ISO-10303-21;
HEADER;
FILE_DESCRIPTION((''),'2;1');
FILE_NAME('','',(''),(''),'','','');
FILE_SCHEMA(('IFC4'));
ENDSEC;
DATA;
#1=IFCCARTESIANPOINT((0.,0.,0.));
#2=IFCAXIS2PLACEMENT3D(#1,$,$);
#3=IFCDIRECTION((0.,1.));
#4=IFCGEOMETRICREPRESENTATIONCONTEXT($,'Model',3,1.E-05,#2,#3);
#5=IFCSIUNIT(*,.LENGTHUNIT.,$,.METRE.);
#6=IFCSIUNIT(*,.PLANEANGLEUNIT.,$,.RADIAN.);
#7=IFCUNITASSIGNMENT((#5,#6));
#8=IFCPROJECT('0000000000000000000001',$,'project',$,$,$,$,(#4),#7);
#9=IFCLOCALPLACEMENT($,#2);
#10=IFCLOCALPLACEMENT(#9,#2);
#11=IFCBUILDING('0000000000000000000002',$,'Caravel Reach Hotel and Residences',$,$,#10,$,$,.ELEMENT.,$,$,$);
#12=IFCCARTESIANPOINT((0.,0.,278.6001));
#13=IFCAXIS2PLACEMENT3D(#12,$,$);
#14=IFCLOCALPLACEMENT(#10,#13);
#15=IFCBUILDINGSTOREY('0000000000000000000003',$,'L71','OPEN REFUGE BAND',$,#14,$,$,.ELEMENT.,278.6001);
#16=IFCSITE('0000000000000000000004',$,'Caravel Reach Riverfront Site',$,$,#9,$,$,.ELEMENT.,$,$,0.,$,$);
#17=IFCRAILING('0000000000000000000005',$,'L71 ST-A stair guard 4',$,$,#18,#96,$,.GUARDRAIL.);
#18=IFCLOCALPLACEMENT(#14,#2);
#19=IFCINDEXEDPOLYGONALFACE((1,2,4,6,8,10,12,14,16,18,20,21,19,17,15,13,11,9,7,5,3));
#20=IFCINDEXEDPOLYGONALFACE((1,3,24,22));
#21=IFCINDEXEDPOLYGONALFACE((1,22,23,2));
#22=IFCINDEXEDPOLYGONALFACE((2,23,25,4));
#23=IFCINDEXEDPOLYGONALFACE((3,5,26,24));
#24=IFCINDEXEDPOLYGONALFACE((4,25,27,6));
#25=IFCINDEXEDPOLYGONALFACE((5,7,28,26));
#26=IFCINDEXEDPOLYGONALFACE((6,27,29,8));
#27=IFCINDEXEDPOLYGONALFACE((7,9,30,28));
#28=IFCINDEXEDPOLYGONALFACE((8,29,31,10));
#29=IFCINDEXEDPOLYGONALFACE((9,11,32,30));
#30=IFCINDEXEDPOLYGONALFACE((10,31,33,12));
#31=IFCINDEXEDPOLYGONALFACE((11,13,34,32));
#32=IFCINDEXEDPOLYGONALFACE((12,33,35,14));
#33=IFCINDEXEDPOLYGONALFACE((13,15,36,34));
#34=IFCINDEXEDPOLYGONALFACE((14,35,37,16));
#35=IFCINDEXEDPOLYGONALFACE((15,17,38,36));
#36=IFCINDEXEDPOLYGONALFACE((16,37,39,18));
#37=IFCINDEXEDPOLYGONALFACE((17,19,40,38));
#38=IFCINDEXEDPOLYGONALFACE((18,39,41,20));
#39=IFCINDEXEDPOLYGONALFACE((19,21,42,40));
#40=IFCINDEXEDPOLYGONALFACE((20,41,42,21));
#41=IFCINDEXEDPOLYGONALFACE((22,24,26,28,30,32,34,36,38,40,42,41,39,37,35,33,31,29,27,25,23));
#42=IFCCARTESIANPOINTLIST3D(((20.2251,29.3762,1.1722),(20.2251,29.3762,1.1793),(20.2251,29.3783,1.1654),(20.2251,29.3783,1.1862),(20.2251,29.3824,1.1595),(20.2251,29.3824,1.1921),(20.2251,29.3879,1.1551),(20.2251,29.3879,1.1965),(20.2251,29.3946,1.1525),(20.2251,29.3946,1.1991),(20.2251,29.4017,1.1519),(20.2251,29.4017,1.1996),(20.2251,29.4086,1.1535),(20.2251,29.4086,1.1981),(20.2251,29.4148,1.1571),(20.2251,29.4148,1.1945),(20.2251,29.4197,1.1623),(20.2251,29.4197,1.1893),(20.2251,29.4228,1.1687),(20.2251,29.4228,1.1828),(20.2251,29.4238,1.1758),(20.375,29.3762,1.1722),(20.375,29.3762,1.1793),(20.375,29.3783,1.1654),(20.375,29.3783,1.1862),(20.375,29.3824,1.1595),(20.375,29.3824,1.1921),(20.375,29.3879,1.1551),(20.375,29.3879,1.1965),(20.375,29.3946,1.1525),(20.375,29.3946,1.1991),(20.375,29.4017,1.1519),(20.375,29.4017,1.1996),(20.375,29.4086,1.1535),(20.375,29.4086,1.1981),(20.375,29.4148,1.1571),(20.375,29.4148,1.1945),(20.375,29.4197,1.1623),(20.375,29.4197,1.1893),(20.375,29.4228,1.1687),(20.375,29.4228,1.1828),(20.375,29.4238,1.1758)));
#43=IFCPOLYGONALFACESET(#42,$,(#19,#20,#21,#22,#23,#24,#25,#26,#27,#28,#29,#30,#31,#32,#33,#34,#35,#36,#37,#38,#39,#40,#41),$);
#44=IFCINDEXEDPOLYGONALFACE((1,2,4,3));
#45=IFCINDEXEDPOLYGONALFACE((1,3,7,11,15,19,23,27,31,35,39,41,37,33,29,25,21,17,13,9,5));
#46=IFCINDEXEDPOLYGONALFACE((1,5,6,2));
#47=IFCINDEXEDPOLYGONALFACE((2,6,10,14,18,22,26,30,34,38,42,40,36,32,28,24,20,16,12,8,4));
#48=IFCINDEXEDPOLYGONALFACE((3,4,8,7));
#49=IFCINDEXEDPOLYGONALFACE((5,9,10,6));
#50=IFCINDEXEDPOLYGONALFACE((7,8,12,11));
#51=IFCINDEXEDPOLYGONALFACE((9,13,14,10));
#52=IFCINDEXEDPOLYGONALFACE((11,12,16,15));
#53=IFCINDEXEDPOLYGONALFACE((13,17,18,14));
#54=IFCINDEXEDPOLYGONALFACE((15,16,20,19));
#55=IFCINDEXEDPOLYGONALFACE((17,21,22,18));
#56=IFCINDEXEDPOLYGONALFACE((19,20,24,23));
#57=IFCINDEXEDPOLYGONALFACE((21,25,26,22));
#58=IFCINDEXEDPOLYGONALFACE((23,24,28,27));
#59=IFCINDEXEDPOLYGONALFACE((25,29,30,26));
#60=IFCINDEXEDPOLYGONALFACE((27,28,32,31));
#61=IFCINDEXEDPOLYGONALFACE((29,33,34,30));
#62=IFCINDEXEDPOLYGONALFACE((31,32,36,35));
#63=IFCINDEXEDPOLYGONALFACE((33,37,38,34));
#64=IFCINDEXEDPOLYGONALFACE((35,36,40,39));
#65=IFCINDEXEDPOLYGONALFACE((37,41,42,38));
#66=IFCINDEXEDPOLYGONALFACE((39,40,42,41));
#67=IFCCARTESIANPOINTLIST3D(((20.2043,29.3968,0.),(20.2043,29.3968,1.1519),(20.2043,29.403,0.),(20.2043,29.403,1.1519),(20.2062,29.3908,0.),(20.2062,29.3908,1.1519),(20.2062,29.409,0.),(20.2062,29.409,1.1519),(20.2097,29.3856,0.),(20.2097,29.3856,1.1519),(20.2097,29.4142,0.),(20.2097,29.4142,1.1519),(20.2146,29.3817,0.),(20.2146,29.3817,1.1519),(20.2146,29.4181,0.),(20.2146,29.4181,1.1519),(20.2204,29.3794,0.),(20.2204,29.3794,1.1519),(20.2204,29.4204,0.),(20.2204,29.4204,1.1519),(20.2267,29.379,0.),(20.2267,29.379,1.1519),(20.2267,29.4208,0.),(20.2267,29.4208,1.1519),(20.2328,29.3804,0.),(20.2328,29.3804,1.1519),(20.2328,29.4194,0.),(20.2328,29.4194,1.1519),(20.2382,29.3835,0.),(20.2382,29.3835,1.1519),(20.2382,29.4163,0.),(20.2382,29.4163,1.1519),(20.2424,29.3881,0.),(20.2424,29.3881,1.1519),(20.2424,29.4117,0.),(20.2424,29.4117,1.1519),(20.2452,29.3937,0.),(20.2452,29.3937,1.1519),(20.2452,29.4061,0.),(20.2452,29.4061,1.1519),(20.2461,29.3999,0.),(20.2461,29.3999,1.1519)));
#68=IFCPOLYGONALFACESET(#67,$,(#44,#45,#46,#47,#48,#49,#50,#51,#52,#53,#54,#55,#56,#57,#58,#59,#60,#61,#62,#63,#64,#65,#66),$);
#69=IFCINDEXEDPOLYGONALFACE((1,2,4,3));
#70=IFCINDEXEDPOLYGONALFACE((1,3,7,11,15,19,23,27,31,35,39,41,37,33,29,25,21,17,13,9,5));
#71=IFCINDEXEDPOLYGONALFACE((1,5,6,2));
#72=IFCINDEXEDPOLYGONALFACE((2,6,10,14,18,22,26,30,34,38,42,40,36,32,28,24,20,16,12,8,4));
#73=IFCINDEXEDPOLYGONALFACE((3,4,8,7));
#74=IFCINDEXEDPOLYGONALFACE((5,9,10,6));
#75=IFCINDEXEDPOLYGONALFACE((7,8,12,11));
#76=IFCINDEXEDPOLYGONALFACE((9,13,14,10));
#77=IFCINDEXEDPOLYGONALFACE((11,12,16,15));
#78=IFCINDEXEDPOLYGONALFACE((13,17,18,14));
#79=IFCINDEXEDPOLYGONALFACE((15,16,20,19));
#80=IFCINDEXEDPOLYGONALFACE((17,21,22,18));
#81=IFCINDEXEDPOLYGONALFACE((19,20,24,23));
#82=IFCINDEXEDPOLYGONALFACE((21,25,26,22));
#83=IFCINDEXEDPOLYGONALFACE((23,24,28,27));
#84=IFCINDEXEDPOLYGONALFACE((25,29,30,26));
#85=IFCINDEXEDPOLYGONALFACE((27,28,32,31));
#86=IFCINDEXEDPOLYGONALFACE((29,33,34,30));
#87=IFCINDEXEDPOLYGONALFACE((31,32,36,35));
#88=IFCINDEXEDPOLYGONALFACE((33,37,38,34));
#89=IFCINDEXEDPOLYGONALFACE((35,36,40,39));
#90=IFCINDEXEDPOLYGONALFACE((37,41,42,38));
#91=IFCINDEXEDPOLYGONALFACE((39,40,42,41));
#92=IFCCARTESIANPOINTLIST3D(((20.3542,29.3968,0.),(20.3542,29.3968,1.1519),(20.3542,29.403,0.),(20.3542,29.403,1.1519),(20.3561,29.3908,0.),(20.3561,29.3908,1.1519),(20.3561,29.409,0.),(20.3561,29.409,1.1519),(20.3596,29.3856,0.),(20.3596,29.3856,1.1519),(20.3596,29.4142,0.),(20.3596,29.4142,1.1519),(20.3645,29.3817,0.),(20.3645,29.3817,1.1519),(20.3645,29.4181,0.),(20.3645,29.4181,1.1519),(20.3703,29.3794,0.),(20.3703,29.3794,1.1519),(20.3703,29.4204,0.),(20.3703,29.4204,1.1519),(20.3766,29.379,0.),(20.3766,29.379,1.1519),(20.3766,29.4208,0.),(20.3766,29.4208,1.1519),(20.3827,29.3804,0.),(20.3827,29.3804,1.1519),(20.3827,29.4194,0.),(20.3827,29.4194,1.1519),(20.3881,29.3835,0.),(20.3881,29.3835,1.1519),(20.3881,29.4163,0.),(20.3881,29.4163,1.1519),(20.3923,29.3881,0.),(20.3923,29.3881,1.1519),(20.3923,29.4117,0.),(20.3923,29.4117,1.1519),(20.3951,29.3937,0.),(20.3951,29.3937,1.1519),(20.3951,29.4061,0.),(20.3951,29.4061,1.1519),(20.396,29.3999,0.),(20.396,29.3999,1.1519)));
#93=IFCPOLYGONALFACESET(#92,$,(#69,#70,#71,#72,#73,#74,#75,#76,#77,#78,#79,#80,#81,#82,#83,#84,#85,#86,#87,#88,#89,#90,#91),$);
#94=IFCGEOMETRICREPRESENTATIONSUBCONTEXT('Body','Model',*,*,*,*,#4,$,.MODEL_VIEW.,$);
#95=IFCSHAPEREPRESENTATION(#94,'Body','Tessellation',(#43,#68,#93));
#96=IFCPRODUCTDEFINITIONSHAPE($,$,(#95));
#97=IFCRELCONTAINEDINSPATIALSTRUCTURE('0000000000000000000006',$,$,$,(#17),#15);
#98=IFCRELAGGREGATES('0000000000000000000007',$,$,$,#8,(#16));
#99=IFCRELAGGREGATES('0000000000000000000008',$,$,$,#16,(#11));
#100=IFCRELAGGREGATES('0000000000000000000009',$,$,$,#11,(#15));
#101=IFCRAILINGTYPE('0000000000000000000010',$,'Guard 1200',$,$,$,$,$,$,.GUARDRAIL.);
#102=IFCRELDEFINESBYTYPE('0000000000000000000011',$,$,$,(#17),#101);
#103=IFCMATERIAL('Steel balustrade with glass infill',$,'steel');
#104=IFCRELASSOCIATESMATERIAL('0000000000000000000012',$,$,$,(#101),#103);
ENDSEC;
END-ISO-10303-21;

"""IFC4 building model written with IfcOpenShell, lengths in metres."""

from ifc_helpers import new_model, si_unit, direction, frame, origin, origin_2d, place, context, subcontext, project, spatial, circle, extrude, material, type_object, element, save


model = new_model("IFC4")

# Units and contexts
model_context = context("Model", 3, precision=1e-05, world=origin(), true_north=direction((0.0, 1.0)))
body_context = subcontext(model_context, "Body", "Model", "MODEL_VIEW")
ifc_project = project(units=[si_unit("LENGTHUNIT", "METRE"), si_unit("PLANEANGLEUNIT", "RADIAN")], contexts=[model_context])

# Site, building, storey
site_placement = place(None, origin())
site = spatial("IfcSite", under=ifc_project, at=site_placement, Name="Caravel Reach Riverfront Site", CompositionType="ELEMENT", RefElevation=0.0)
building_placement = place(site_placement, origin())
building = spatial("IfcBuilding", under=site, at=building_placement, Name="Caravel Reach Hotel and Residences", CompositionType="ELEMENT")
storey_placement = place(building_placement, frame((0.0, 0.0, 278.6001)))
storey = spatial("IfcBuildingStorey", under=building, at=storey_placement, Name="L71", Description="OPEN REFUGE BAND", CompositionType="ELEMENT", Elevation=278.6001)

# Railing
ifc_material_1 = material(Name="Steel balustrade with glass infill", Category="steel")
railing_type_1 = type_object("IfcRailingType", Name="Guard 1200", PredefinedType="GUARDRAIL", material=ifc_material_1)
railing_1_placement = place(storey_placement, frame((20.2251, 29.3999, 0.0)))
element("IfcRailing", 1, at=railing_1_placement, inside=storey, type_object=railing_type_1, Name="L71 ST-A stair guard 4", PredefinedType="GUARDRAIL", context=body_context, shape_type="SweptSolid", body=[
    extrude(circle(Radius=0.0239, at=origin_2d()), frame((0.0, 0.0, 1.1758), z_axis=(1.0, 0.0, 0.0), x_axis=(0.0, 1.0, 0.0)), (0.0, 0.0, 1.0), 0.1499),
    extrude(circle(Radius=0.021, at=origin_2d()), origin(), (0.0, 0.0, 1.0), 1.1519),
    extrude(circle(Radius=0.021, at=origin_2d()), frame((0.1499, 0.0, 0.0)), (0.0, 0.0, 1.0), 1.1519),
])

save(model, "model.ifc")
